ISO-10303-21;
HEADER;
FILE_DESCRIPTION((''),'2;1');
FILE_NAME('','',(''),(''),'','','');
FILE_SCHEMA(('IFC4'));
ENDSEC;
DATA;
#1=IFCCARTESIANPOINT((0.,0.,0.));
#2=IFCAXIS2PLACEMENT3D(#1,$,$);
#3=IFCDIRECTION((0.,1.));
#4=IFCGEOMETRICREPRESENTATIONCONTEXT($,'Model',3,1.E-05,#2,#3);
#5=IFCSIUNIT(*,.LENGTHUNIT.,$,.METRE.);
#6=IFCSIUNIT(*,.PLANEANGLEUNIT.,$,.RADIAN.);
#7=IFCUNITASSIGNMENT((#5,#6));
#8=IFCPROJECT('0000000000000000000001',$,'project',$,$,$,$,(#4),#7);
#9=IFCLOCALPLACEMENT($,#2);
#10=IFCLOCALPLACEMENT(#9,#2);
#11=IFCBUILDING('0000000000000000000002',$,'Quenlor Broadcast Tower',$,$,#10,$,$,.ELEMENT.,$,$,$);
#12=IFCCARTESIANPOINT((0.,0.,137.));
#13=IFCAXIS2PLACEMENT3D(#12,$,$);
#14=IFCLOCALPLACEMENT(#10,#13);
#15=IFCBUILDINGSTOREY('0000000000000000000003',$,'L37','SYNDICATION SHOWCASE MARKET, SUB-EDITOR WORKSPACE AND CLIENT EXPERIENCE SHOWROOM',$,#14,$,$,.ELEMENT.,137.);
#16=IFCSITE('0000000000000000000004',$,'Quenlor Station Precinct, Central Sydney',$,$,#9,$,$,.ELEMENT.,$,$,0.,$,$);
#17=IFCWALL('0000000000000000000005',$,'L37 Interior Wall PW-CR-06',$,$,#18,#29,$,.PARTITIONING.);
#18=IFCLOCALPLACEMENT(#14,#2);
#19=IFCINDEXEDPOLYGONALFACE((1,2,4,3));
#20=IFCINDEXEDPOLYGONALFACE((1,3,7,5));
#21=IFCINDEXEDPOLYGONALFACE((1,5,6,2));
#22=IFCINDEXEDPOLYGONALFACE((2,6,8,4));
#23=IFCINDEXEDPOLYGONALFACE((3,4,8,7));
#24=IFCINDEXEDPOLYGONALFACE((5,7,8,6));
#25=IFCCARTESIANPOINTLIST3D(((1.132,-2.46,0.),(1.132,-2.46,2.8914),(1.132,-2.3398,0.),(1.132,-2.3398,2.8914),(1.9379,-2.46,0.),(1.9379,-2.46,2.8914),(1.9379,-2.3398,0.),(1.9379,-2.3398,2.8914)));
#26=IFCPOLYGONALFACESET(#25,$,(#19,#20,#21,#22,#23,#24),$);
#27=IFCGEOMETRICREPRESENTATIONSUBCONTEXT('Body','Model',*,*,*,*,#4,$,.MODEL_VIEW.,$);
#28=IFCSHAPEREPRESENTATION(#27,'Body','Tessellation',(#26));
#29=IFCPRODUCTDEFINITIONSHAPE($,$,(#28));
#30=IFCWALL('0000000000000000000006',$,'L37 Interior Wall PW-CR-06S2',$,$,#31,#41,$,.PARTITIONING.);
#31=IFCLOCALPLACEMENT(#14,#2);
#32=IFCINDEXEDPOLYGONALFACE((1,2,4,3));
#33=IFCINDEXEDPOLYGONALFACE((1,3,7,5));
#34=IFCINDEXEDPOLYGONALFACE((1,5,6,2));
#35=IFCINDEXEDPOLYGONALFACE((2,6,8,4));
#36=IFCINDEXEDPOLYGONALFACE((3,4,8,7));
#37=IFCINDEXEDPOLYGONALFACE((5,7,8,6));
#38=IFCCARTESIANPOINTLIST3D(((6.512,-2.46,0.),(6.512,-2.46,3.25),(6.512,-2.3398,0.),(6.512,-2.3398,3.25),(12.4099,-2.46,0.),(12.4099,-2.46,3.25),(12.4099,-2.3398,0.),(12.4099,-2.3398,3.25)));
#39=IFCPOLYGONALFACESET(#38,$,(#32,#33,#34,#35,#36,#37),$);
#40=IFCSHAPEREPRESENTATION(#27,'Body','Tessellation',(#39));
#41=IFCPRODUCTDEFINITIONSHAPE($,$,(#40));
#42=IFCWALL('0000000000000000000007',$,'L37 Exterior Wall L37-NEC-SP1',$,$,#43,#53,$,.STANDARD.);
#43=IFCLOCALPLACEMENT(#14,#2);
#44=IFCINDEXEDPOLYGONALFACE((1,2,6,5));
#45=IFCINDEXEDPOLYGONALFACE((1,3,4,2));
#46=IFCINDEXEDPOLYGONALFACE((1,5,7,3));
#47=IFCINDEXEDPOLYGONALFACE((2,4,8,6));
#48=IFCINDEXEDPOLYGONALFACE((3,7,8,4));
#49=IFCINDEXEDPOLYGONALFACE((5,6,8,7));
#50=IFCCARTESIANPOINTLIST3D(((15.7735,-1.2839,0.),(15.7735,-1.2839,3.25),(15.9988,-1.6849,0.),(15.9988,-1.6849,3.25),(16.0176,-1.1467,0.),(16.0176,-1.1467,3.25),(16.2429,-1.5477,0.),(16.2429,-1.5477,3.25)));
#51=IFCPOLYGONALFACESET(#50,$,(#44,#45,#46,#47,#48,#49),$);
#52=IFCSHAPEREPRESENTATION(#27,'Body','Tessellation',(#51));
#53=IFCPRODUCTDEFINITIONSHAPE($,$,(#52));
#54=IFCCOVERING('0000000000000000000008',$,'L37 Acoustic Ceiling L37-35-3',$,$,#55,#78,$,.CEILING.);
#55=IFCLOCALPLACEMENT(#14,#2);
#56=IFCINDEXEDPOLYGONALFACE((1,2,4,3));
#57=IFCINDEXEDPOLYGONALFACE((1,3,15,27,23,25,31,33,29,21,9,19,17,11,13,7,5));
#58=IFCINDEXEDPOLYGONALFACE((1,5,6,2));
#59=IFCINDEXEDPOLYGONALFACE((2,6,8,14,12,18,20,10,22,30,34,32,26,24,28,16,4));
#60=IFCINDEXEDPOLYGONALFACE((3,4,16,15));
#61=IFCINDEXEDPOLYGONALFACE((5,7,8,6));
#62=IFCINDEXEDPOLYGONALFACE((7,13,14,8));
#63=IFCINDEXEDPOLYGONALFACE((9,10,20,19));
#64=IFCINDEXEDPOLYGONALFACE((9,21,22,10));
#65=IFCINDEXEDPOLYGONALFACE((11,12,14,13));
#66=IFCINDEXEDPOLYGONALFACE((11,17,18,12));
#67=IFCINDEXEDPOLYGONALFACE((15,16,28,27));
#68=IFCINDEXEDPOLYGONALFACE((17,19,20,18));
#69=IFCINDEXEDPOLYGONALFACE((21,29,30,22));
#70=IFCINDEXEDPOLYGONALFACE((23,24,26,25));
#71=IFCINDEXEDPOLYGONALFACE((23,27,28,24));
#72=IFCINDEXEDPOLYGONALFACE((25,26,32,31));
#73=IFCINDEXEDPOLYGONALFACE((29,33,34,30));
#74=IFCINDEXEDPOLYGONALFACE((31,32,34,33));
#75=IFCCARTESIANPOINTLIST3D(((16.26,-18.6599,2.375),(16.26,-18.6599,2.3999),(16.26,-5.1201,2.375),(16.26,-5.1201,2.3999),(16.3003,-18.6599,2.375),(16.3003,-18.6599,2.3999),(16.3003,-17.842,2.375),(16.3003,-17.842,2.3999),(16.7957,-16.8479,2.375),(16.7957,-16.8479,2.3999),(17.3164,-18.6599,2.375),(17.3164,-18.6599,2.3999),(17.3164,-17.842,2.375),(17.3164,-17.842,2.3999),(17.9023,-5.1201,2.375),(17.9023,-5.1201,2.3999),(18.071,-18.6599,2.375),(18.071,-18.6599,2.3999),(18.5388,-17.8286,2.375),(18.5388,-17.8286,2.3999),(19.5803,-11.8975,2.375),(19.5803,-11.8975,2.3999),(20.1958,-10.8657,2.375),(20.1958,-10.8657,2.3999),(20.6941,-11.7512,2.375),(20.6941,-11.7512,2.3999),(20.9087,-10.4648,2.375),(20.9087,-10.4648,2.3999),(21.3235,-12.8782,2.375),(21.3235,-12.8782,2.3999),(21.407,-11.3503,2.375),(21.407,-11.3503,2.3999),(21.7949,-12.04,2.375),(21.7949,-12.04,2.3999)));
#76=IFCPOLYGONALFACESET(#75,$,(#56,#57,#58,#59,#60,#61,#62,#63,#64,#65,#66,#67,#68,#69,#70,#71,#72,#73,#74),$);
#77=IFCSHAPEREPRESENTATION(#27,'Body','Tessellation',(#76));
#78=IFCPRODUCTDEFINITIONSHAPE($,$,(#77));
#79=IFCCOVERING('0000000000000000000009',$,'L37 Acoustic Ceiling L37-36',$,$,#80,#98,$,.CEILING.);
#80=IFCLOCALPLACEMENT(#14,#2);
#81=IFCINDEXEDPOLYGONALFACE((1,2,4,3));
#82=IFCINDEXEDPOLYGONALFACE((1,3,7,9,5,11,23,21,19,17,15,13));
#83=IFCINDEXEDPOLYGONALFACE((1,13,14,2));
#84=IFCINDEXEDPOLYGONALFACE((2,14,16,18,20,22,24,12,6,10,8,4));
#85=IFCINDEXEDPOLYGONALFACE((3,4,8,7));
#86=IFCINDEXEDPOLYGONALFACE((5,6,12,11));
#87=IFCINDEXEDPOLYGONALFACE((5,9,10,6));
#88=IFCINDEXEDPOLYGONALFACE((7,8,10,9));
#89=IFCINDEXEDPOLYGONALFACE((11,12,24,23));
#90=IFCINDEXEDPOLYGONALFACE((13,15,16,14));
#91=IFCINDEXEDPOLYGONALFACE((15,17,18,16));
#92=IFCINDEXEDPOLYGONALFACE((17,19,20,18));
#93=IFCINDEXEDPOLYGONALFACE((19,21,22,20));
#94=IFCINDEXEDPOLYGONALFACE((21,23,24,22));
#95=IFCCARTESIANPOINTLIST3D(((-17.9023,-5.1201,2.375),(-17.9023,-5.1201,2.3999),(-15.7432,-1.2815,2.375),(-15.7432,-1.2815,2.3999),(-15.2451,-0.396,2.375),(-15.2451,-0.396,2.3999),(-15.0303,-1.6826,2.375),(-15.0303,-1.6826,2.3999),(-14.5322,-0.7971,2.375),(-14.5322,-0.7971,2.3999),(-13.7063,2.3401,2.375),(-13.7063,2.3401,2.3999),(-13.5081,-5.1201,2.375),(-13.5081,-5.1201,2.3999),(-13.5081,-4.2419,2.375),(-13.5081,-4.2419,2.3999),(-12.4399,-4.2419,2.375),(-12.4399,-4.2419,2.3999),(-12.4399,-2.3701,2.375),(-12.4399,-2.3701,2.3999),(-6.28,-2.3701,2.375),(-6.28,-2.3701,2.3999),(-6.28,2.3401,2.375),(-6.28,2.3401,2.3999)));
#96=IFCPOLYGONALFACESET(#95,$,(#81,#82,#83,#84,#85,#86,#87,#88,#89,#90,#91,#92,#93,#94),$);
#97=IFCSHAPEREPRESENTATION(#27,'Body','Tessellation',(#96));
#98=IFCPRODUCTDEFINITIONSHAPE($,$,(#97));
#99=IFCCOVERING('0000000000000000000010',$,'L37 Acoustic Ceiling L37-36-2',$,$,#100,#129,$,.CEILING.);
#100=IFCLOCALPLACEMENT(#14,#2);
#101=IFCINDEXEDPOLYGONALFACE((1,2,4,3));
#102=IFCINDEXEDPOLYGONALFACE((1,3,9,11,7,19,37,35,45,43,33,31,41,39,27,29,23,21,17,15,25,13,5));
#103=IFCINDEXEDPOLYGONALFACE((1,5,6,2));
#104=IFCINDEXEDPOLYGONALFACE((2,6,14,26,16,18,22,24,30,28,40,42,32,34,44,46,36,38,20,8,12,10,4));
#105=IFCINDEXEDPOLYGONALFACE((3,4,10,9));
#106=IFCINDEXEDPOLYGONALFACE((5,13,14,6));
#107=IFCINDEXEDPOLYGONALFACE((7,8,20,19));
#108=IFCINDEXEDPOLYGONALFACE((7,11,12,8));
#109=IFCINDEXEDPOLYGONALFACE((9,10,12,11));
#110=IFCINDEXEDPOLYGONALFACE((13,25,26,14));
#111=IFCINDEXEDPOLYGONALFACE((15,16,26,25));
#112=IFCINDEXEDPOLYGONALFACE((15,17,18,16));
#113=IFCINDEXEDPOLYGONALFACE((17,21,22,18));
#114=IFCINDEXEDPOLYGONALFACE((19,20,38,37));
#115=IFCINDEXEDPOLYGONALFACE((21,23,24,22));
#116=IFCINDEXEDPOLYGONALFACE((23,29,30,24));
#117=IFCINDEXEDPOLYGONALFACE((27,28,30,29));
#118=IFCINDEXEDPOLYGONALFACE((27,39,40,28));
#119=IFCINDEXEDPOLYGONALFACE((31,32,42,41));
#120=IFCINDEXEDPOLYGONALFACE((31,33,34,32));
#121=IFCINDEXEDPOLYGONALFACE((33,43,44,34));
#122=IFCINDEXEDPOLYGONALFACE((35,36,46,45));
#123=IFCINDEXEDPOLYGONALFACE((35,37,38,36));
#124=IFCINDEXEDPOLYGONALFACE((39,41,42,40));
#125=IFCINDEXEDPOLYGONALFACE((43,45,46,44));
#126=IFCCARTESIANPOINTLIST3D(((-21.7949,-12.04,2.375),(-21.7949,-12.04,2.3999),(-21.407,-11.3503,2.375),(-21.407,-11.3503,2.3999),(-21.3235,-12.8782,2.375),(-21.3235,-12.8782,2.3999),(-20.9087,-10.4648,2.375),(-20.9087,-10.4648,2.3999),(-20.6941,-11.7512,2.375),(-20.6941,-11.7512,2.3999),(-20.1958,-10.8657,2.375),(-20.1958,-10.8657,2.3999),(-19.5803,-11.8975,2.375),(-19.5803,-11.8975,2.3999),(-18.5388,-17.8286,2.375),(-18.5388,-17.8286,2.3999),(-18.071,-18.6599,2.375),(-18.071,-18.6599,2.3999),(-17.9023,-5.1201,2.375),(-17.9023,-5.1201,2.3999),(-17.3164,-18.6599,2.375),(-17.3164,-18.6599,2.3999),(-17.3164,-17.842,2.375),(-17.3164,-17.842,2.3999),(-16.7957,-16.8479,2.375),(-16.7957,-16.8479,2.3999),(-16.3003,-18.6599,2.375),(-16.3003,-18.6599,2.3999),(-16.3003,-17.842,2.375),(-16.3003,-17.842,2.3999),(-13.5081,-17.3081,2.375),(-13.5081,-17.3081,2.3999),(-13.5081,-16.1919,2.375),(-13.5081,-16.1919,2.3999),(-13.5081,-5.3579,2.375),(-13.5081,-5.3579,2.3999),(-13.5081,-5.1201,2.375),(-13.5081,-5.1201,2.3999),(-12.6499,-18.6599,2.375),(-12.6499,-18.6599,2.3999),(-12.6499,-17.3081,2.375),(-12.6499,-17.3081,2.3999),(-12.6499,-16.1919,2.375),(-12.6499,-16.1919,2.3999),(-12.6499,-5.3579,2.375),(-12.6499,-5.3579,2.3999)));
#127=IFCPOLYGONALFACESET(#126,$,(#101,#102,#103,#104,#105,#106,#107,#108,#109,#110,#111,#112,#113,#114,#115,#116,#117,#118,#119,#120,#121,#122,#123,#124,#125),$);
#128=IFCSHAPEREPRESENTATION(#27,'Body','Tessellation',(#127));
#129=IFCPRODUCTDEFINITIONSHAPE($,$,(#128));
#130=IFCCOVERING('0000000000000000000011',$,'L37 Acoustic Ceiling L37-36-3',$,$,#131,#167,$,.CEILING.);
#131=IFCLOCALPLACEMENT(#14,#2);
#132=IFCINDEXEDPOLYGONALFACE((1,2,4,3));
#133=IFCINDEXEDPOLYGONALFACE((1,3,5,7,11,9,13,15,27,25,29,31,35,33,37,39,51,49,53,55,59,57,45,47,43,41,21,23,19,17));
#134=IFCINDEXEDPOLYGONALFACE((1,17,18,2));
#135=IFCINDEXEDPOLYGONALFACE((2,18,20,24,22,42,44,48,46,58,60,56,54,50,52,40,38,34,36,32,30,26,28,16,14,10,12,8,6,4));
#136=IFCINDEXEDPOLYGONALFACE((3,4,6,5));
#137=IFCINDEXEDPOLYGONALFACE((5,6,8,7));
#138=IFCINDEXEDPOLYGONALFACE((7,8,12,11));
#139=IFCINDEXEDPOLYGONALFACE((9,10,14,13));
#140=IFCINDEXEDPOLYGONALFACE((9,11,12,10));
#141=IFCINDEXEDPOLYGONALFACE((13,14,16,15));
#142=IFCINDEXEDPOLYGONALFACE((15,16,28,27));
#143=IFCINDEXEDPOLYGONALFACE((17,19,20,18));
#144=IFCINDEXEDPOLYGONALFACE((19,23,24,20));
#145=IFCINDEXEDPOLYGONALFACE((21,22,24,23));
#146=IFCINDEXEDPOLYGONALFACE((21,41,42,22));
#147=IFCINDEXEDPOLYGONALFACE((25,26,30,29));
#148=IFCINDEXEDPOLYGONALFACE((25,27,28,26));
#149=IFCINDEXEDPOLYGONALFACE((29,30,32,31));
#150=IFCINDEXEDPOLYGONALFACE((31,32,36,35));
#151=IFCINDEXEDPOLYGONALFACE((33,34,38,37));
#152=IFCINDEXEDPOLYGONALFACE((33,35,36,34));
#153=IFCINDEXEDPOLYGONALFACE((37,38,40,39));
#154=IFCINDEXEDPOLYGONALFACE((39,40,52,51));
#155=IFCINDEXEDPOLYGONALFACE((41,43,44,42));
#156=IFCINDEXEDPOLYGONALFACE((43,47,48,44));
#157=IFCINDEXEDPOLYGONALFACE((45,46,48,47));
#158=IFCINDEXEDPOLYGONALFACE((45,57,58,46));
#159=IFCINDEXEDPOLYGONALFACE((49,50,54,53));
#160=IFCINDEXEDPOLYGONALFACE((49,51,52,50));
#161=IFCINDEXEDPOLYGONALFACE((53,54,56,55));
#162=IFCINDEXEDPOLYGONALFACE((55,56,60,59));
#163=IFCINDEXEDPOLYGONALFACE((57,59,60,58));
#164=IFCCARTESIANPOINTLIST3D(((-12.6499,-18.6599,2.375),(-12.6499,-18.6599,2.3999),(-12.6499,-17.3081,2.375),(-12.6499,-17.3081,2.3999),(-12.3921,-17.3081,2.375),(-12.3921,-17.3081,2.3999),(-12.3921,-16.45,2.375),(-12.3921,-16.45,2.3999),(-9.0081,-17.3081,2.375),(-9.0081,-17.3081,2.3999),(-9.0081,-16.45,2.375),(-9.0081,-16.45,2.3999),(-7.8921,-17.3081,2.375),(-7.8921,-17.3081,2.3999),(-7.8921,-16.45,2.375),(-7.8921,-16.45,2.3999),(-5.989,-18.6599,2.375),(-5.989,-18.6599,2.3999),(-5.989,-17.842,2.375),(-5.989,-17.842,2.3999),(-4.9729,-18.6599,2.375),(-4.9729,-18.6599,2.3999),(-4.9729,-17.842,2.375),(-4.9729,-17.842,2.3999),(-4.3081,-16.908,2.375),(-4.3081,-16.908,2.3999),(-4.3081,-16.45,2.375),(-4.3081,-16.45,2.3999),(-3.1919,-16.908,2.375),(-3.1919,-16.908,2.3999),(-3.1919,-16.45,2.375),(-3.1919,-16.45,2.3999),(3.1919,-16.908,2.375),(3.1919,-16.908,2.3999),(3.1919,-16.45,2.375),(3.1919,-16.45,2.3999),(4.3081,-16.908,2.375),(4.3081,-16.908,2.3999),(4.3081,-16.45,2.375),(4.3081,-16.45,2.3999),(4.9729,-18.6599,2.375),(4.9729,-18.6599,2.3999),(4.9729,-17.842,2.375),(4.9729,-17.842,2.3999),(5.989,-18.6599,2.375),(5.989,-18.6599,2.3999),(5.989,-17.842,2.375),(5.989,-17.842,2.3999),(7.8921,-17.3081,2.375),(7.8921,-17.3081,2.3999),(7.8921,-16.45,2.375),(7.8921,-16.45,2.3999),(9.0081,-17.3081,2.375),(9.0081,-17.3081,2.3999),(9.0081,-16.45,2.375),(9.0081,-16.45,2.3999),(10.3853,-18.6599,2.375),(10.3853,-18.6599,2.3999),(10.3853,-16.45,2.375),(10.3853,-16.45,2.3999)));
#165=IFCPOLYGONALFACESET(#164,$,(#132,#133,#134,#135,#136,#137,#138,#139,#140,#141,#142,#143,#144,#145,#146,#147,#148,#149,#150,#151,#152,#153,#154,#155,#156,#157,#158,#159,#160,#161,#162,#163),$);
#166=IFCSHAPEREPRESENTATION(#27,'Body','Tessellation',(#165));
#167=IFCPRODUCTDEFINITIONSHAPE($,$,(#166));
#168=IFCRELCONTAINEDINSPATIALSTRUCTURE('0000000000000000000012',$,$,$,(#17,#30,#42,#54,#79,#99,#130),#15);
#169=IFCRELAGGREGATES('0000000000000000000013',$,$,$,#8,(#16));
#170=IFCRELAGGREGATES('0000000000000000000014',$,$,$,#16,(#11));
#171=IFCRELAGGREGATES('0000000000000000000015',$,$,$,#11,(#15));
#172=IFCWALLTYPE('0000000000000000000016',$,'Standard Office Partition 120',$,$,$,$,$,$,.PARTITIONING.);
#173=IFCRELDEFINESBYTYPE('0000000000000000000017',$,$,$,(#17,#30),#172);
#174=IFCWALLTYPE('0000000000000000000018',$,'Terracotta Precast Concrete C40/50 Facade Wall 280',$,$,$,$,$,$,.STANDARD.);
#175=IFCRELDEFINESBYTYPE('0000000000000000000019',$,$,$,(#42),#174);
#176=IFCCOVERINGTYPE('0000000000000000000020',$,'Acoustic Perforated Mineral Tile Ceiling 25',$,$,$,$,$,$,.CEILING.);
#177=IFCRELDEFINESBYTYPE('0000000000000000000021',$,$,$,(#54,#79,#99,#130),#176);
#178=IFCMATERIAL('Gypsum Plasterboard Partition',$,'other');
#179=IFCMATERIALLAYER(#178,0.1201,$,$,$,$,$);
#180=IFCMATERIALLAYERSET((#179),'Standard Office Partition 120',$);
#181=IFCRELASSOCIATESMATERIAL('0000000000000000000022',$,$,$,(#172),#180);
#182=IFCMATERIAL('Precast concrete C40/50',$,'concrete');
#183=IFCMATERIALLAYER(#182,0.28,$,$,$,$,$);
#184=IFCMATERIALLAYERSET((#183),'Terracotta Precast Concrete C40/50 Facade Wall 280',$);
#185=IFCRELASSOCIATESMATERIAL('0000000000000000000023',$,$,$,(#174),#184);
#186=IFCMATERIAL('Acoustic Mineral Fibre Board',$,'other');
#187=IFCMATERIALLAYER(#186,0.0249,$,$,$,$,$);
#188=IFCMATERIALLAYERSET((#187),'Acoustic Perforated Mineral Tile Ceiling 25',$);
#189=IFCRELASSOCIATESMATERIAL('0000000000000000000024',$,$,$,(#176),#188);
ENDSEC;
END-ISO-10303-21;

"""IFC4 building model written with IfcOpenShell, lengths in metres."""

from ifc_helpers import new_model, si_unit, direction, frame, frame_2d, origin, place, context, subcontext, project, spatial, polyline, rectangle, outline, extrude, material, layer, layer_set, type_object, element, save


model = new_model("IFC4")

# Units and contexts
model_context = context("Model", 3, precision=1e-05, world=origin(), true_north=direction((0.0, 1.0)))
body_context = subcontext(model_context, "Body", "Model", "MODEL_VIEW")
ifc_project = project(units=[si_unit("LENGTHUNIT", "METRE"), si_unit("PLANEANGLEUNIT", "RADIAN")], contexts=[model_context])

# Site, building, storey
site_placement = place(None, origin())
site = spatial("IfcSite", under=ifc_project, at=site_placement, Name="Quenlor Station Precinct, Central Sydney", CompositionType="ELEMENT", RefElevation=0.0)
building_placement = place(site_placement, origin())
building = spatial("IfcBuilding", under=site, at=building_placement, Name="Quenlor Broadcast Tower", CompositionType="ELEMENT")
storey_placement = place(building_placement, frame((0.0, 0.0, 137.0)))
storey = spatial("IfcBuildingStorey", under=building, at=storey_placement, Name="L37", Description="SYNDICATION SHOWCASE MARKET, SUB-EDITOR WORKSPACE AND CLIENT EXPERIENCE SHOWROOM", CompositionType="ELEMENT", Elevation=137.0)

# Shared definitions
ifc_material_1 = material(Name="Gypsum Plasterboard Partition", Category="other")
ifc_layer_1 = layer(ifc_material_1, 0.1201)
ifc_layer_set_1 = layer_set([ifc_layer_1], Name="Standard Office Partition 120")
wall_type_1 = type_object("IfcWallType", Name="Standard Office Partition 120", PredefinedType="PARTITIONING", material=ifc_layer_set_1)

# Walls
wall_1_placement = place(storey_placement, frame((1.1321, -2.3999, 0.0), z_axis=(0.0, 0.0, 1.0), x_axis=(1.0, 0.0, 0.0)))
element("IfcWall", 1, at=wall_1_placement, inside=storey, type_object=wall_type_1, Name="L37 Interior Wall PW-CR-06", PredefinedType="PARTITIONING", context=body_context, shape_type="SweptSolid", body=[
    extrude(rectangle(XDim=0.8059, YDim=0.1201, at=frame_2d((0.4028, 0.0))), origin(), (0.0, 0.0, 1.0), 2.8914),
])
wall_2_placement = place(storey_placement, frame((6.512, -2.3999, 0.0), z_axis=(0.0, 0.0, 1.0), x_axis=(1.0, 0.0, 0.0)))
element("IfcWall", 2, at=wall_2_placement, inside=storey, type_object=wall_type_1, Name="L37 Interior Wall PW-CR-06S2", PredefinedType="PARTITIONING", context=body_context, shape_type="SweptSolid", body=[
    extrude(rectangle(XDim=5.8979, YDim=0.1201, at=frame_2d((2.949, 0.0))), origin(), (0.0, 0.0, 1.0), 3.25),
])

# Wall
ifc_material_2 = material(Name="Precast concrete C40/50", Category="concrete")
ifc_layer_2 = layer(ifc_material_2, 0.28)
ifc_layer_set_2 = layer_set([ifc_layer_2], Name="Terracotta Precast Concrete C40/50 Facade Wall 280")
wall_type_2 = type_object("IfcWallType", Name="Terracotta Precast Concrete C40/50 Facade Wall 280", PredefinedType="STANDARD", material=ifc_layer_set_2)
wall_3_placement = place(storey_placement, frame((15.8955, -1.2153, 0.0), z_axis=(0.0, 0.0, 1.0), x_axis=(0.490009, -0.871717, 0.0)))
element("IfcWall", 3, at=wall_3_placement, inside=storey, type_object=wall_type_2, Name="L37 Exterior Wall L37-NEC-SP1", PredefinedType="STANDARD", context=body_context, shape_type="SweptSolid", body=[
    extrude(rectangle(XDim=0.46, YDim=0.28, at=frame_2d((0.23, 0.0))), origin(), (0.0, 0.0, 1.0), 3.25),
])

# Coverings
ifc_material_3 = material(Name="Acoustic Mineral Fibre Board", Category="other")
ifc_layer_3 = layer(ifc_material_3, 0.0249)
ifc_layer_set_3 = layer_set([ifc_layer_3], Name="Acoustic Perforated Mineral Tile Ceiling 25")
covering_type = type_object("IfcCoveringType", Name="Acoustic Perforated Mineral Tile Ceiling 25", PredefinedType="CEILING", material=ifc_layer_set_3)
covering_1_placement = place(storey_placement, frame((0.0, 0.0, 2.375)))
element("IfcCovering", 4, at=covering_1_placement, inside=storey, type_object=covering_type, Name="L37 Acoustic Ceiling L37-35-3", PredefinedType="CEILING", context=body_context, shape_type="SweptSolid", body=[
    extrude(outline(polyline([(20.9087, -10.4648), (20.1958, -10.8657), (20.6941, -11.7512), (21.407, -11.3503), (21.7949, -12.04), (21.3235, -12.8782), (19.5803, -11.8975), (16.7957, -16.8479), (18.5388, -17.8286), (18.071, -18.6599), (17.3164, -18.6599), (17.3164, -17.842), (16.3003, -17.842), (16.3003, -18.6599), (16.26, -18.6599), (16.26, -5.1201), (17.9023, -5.1201), (20.9087, -10.4648)])), origin(), (0.0, 0.0, 1.0), 0.0249),
])
covering_2_placement = place(storey_placement, frame((0.0, 0.0, 2.375)))
element("IfcCovering", 5, at=covering_2_placement, inside=storey, type_object=covering_type, Name="L37 Acoustic Ceiling L37-36", PredefinedType="CEILING", context=body_context, shape_type="SweptSolid", body=[
    extrude(outline(polyline([(-15.7432, -1.2815), (-15.0303, -1.6826), (-14.5322, -0.7971), (-15.2451, -0.396), (-13.7063, 2.3401), (-6.28, 2.3401), (-6.28, -2.3701), (-12.4399, -2.3701), (-12.4399, -4.2419), (-13.5081, -4.2419), (-13.5081, -5.1201), (-17.9023, -5.1201), (-15.7432, -1.2815)])), origin(), (0.0, 0.0, 1.0), 0.0249),
])
covering_3_placement = place(storey_placement, frame((0.0, 0.0, 2.375)))
element("IfcCovering", 6, at=covering_3_placement, inside=storey, type_object=covering_type, Name="L37 Acoustic Ceiling L37-36-2", PredefinedType="CEILING", context=body_context, shape_type="SweptSolid", body=[
    extrude(outline(polyline([(-21.7949, -12.04), (-21.407, -11.3503), (-20.6941, -11.7512), (-20.1958, -10.8657), (-20.9087, -10.4648), (-17.9023, -5.1201), (-13.5081, -5.1201), (-13.5081, -5.3579), (-12.6499, -5.3579), (-12.6499, -16.1919), (-13.5081, -16.1919), (-13.5081, -17.3081), (-12.6499, -17.3081), (-12.6499, -18.6599), (-16.3003, -18.6599), (-16.3003, -17.842), (-17.3164, -17.842), (-17.3164, -18.6599), (-18.071, -18.6599), (-18.5388, -17.8286), (-16.7957, -16.8479), (-19.5803, -11.8975), (-21.3235, -12.8782), (-21.7949, -12.04)])), origin(), (0.0, 0.0, 1.0), 0.0249),
])
covering_4_placement = place(storey_placement, frame((0.0, 0.0, 2.375)))
element("IfcCovering", 7, at=covering_4_placement, inside=storey, type_object=covering_type, Name="L37 Acoustic Ceiling L37-36-3", PredefinedType="CEILING", context=body_context, shape_type="SweptSolid", body=[
    extrude(outline(polyline([(-12.3921, -17.3081), (-12.3921, -16.45), (-9.0081, -16.45), (-9.0081, -17.3081), (-7.8921, -17.3081), (-7.8921, -16.45), (-4.3081, -16.45), (-4.3081, -16.908), (-3.1919, -16.908), (-3.1919, -16.45), (3.1919, -16.45), (3.1919, -16.908), (4.3081, -16.908), (4.3081, -16.45), (7.8921, -16.45), (7.8921, -17.3081), (9.0081, -17.3081), (9.0081, -16.45), (10.3853, -16.45), (10.3853, -18.6599), (5.989, -18.6599), (5.989, -17.842), (4.9729, -17.842), (4.9729, -18.6599), (-4.9729, -18.6599), (-4.9729, -17.842), (-5.989, -17.842), (-5.989, -18.6599), (-12.6499, -18.6599), (-12.6499, -17.3081), (-12.3921, -17.3081)])), origin(), (0.0, 0.0, 1.0), 0.0249),
])

save(model, "model.ifc")
